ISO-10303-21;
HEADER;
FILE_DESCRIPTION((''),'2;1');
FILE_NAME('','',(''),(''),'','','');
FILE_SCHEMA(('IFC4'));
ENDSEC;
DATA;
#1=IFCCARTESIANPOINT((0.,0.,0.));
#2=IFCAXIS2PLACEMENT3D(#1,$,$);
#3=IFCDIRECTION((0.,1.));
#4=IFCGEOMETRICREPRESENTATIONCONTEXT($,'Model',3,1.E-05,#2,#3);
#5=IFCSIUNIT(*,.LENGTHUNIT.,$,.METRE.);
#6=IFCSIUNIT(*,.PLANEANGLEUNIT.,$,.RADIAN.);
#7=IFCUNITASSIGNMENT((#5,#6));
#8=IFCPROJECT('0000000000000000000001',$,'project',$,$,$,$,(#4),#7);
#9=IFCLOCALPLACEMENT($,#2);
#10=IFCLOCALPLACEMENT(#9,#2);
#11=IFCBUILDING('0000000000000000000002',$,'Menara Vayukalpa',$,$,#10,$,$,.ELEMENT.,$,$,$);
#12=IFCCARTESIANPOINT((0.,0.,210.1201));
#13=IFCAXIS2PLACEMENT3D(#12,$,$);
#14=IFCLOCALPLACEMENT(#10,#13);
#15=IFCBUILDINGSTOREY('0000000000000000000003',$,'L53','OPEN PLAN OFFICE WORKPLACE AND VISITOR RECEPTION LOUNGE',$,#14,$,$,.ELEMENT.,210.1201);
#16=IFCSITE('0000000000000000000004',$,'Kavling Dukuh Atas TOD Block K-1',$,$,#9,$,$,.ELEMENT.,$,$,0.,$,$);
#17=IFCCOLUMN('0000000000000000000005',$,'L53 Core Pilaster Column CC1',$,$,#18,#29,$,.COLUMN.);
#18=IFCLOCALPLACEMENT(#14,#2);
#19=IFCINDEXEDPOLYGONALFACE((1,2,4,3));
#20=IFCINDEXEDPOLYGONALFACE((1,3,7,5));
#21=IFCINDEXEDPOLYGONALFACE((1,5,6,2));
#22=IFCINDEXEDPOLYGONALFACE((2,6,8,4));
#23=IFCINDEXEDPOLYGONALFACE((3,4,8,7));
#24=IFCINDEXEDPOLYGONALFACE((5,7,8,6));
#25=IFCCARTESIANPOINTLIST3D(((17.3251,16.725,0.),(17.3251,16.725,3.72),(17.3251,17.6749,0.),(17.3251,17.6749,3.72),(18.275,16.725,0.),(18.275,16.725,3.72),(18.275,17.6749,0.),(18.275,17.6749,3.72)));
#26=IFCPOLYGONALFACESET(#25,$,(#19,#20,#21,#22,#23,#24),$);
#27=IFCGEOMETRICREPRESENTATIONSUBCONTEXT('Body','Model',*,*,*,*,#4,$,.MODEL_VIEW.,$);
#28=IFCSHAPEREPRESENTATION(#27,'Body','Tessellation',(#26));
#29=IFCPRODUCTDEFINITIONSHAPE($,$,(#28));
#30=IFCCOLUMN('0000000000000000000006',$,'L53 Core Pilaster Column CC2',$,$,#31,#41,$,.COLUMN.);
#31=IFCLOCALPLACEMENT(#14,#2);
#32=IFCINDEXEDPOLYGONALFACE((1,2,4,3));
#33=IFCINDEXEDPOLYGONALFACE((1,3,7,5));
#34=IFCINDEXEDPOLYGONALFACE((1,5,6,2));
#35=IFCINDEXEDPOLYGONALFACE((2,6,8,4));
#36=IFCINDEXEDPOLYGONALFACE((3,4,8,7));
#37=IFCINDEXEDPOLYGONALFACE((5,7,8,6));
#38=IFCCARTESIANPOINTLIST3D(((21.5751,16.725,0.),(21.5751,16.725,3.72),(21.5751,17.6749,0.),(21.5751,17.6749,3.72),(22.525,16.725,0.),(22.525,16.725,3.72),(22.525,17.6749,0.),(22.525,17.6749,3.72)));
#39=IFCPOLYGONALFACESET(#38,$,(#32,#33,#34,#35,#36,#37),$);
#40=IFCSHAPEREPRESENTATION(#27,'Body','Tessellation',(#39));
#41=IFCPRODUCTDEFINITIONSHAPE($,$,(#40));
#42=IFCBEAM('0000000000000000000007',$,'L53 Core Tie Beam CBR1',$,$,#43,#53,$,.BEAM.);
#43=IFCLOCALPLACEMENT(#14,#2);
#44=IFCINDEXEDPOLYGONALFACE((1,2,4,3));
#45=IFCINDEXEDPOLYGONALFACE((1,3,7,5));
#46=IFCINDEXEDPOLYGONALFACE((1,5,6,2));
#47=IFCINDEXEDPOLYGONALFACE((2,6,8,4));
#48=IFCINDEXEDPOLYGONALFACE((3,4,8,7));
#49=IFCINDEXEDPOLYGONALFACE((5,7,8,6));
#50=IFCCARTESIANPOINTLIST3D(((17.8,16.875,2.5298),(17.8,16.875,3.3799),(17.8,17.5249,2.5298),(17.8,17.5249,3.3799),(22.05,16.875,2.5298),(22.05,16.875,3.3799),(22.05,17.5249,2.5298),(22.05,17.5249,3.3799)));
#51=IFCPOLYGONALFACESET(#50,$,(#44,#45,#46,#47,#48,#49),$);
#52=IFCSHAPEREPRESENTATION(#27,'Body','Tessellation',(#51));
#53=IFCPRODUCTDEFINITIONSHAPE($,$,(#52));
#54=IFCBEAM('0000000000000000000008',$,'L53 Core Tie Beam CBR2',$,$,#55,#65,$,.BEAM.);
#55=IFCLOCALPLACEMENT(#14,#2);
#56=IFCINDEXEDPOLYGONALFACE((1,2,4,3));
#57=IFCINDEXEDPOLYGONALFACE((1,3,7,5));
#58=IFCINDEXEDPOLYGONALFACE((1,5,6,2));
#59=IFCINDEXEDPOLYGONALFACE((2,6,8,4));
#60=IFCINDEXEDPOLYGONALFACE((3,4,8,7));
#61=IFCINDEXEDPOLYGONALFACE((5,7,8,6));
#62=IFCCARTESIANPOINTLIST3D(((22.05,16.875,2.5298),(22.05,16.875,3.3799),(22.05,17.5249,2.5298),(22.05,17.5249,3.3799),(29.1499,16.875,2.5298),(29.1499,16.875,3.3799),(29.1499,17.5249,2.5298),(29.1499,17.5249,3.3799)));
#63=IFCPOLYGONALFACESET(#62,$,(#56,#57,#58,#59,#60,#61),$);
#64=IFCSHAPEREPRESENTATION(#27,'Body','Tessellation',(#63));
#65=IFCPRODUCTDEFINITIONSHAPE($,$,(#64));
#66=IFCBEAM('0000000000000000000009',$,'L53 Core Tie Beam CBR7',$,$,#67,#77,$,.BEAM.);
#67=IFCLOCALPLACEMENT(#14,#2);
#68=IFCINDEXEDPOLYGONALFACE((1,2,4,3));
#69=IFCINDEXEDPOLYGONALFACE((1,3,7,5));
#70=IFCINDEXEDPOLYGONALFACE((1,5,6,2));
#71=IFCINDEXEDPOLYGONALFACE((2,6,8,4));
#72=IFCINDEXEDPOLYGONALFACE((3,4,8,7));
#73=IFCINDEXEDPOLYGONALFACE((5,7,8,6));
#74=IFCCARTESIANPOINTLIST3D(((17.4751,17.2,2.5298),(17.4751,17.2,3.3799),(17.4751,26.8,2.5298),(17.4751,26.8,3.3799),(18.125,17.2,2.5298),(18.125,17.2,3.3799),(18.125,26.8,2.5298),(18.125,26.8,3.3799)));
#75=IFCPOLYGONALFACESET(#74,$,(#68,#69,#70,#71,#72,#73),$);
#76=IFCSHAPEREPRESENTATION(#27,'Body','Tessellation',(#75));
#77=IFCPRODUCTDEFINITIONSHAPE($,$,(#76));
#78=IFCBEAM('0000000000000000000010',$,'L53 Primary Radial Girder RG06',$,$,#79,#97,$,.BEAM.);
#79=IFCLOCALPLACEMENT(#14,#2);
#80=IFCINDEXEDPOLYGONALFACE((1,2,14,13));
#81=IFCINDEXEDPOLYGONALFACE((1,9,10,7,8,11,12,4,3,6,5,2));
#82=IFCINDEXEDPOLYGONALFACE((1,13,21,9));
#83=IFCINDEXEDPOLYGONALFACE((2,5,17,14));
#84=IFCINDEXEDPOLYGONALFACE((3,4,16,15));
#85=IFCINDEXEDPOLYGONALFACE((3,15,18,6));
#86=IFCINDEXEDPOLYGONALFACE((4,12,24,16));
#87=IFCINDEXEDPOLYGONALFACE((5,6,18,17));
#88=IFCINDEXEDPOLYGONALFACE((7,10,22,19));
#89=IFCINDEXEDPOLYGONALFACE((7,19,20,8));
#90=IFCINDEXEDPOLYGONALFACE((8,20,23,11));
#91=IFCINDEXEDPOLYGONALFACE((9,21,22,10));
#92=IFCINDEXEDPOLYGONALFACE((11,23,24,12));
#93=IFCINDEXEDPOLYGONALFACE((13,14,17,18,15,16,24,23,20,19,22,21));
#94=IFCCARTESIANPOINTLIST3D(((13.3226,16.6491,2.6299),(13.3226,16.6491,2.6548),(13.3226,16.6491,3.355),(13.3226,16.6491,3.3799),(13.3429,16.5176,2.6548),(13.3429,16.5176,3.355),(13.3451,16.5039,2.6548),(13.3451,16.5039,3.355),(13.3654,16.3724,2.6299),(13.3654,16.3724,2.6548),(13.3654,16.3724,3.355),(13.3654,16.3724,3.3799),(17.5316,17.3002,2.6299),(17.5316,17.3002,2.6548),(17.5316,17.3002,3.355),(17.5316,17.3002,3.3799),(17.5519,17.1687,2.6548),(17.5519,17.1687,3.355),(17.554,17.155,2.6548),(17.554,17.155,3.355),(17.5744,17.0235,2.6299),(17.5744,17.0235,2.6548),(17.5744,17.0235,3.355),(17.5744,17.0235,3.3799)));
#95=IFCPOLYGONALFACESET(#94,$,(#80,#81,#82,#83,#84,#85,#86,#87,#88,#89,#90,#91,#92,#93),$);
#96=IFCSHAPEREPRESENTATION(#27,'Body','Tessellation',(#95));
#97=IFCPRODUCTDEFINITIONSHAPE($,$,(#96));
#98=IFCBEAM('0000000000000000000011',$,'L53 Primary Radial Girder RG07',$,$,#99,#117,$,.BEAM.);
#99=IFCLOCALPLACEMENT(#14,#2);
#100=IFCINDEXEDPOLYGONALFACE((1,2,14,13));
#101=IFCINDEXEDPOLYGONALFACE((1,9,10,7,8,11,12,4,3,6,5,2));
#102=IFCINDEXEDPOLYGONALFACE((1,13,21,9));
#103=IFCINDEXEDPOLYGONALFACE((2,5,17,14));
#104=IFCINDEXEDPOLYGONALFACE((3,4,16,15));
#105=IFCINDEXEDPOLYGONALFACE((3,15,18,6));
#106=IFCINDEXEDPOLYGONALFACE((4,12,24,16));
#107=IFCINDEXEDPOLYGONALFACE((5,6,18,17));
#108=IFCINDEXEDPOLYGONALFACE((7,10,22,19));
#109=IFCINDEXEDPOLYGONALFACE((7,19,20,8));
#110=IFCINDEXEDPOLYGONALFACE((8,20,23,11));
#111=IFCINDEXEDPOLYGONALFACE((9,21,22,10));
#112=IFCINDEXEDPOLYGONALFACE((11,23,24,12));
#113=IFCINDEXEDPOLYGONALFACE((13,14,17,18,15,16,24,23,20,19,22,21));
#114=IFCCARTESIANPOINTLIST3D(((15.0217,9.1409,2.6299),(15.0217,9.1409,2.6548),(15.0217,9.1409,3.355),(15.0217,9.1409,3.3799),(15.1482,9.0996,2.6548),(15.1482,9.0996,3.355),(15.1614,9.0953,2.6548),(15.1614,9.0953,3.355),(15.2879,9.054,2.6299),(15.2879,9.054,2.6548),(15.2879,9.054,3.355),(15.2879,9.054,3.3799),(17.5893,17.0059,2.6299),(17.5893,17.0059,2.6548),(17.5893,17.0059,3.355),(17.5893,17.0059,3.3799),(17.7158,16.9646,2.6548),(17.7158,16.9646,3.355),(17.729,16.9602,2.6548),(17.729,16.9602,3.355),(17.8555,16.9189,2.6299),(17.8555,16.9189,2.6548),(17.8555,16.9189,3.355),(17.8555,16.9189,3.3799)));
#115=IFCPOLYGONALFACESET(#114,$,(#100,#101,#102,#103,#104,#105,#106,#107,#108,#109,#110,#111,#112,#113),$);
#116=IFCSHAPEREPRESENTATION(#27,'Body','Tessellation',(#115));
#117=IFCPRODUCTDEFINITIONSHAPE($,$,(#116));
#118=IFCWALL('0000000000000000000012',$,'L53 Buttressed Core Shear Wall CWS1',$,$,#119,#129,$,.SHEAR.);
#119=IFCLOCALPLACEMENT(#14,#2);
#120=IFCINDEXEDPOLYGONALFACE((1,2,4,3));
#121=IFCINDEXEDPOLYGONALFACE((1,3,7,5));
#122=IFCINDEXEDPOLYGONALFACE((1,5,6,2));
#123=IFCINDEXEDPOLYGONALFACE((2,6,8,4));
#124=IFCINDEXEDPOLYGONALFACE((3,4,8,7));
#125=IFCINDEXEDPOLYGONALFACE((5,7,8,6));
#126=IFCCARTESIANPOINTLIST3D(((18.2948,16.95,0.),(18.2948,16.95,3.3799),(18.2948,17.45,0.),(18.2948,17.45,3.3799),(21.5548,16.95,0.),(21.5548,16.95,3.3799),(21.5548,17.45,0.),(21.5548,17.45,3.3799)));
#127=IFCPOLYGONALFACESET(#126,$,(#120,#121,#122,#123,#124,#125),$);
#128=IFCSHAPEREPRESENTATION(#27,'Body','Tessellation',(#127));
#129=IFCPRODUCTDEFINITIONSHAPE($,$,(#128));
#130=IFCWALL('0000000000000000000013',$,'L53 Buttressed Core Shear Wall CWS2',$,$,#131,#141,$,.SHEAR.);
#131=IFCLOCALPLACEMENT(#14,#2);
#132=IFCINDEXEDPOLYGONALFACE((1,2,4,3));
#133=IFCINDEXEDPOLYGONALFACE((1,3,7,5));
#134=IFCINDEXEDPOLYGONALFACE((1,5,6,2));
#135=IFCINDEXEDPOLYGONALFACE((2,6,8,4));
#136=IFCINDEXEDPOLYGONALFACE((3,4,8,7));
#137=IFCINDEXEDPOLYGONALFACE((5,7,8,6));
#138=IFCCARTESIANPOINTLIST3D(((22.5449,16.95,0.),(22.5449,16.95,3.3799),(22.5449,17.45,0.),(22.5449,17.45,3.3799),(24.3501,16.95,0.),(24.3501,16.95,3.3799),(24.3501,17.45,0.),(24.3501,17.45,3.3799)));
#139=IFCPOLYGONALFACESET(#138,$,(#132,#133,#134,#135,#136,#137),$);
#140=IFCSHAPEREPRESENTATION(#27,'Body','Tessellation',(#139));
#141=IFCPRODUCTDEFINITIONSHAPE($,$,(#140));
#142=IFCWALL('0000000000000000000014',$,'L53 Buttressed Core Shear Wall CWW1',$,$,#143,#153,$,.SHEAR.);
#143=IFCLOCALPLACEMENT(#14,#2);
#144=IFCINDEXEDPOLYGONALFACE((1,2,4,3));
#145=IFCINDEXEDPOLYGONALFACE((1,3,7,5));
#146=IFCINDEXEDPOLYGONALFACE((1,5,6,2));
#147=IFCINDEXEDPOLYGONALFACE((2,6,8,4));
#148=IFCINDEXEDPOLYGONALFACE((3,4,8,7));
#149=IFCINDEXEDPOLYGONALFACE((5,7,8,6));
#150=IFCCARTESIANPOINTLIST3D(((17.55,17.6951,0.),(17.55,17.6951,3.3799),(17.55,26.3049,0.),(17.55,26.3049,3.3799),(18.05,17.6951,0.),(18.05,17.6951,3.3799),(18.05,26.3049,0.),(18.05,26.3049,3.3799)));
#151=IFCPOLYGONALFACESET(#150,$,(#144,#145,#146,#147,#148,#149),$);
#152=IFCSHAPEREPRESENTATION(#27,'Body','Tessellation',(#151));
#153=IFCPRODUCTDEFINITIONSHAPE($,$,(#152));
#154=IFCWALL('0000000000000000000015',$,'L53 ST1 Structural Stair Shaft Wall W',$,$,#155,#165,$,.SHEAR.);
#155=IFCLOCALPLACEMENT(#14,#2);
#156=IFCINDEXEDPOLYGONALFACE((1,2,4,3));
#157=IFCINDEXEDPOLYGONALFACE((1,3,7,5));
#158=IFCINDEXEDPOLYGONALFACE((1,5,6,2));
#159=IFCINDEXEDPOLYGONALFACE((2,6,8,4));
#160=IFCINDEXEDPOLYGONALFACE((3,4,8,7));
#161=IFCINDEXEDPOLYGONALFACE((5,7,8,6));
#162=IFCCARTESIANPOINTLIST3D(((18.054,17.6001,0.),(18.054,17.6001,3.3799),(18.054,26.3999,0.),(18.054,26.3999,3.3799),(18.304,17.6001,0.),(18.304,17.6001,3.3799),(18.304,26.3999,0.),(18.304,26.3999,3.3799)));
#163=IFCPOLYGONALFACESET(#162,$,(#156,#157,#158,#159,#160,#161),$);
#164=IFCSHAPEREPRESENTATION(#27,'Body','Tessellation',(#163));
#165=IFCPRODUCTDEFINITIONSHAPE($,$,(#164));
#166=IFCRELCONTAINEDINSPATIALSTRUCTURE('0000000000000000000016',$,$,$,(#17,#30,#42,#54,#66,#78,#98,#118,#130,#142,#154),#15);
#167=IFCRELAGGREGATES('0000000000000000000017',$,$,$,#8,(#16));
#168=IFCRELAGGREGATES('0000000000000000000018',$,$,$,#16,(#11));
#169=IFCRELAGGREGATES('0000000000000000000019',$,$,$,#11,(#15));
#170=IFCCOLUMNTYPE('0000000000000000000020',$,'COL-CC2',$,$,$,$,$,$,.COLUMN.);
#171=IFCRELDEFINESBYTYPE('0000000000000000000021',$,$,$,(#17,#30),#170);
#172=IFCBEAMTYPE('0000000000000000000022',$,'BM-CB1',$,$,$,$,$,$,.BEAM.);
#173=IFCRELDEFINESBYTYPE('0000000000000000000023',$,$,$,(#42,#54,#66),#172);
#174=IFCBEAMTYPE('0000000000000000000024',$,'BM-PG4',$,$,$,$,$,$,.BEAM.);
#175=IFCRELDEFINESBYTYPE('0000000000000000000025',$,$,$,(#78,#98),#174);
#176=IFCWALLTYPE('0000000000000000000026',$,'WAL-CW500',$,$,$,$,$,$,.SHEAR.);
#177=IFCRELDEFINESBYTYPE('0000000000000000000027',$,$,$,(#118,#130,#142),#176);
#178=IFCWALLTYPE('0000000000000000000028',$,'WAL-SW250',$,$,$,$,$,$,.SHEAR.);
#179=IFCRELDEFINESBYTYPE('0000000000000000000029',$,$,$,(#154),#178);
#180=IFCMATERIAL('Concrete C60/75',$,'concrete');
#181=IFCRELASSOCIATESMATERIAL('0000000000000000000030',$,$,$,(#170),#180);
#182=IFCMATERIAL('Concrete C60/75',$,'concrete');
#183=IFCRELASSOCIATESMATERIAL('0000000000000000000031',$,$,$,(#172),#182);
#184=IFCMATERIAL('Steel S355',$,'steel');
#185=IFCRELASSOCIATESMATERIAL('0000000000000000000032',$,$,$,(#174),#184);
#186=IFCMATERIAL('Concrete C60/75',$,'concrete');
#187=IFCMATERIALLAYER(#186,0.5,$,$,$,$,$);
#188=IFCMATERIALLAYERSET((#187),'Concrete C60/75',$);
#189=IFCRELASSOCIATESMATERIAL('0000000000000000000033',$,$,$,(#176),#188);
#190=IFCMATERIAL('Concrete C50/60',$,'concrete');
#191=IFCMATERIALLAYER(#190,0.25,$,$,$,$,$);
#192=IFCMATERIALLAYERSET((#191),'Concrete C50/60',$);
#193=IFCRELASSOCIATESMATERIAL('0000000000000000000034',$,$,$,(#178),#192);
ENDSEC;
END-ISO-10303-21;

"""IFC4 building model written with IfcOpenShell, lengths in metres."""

from ifc_helpers import new_model, si_unit, direction, frame, frame_2d, origin, origin_2d, place, context, subcontext, project, spatial, rectangle, i_section, extrude, material, layer, layer_set, material_profile, profile_set, type_object, element, save


model = new_model("IFC4")

# Units and contexts
model_context = context("Model", 3, precision=1e-05, world=origin(), true_north=direction((0.0, 1.0)))
body_context = subcontext(model_context, "Body", "Model", "MODEL_VIEW")
ifc_project = project(units=[si_unit("LENGTHUNIT", "METRE"), si_unit("PLANEANGLEUNIT", "RADIAN")], contexts=[model_context])

# Site, building, storey
site_placement = place(None, origin())
site = spatial("IfcSite", under=ifc_project, at=site_placement, Name="Kavling Dukuh Atas TOD Block K-1", CompositionType="ELEMENT", RefElevation=0.0)
building_placement = place(site_placement, origin())
building = spatial("IfcBuilding", under=site, at=building_placement, Name="Menara Vayukalpa", CompositionType="ELEMENT")
storey_placement = place(building_placement, frame((0.0, 0.0, 210.1201)))
storey = spatial("IfcBuildingStorey", under=building, at=storey_placement, Name="L53", Description="OPEN PLAN OFFICE WORKPLACE AND VISITOR RECEPTION LOUNGE", CompositionType="ELEMENT", Elevation=210.1201)

# Columns
ifc_material_1 = material(Name="Concrete C60/75", Category="concrete")
ifc_material_profile_1 = material_profile(ifc_material_1, rectangle(XDim=0.95, YDim=0.95, at=origin_2d()), Name="RC 950x950")
ifc_profile_set_1 = profile_set([ifc_material_profile_1], Name="Concrete C60/75")
column_type = type_object("IfcColumnType", Name="COL-CC2", PredefinedType="COLUMN", material=ifc_profile_set_1)
for number, where, z_axis, x_axis, name in (
    (1, (17.8, 17.2, 0.0), (0.0, 0.0, 1.0), (1.0, 0.0, 0.0), "L53 Core Pilaster Column CC1"),
    (2, (22.05, 17.2, 0.0), (0.0, 0.0, 1.0), (1.0, 0.0, 0.0), "L53 Core Pilaster Column CC2"),
):
    element("IfcColumn", number, at=place(storey_placement, frame(where, z_axis=z_axis, x_axis=x_axis)), inside=storey, type_object=column_type, Name=name, PredefinedType="COLUMN", context=body_context, shape_type="SweptSolid", body=[
        extrude(rectangle(XDim=0.95, YDim=0.95, at=origin_2d()), origin(), (0.0, 0.0, 1.0), 3.72),
    ])

# Beams
ifc_material_2 = material(Name="Concrete C60/75", Category="concrete")
ifc_material_profile_2 = material_profile(ifc_material_2, rectangle(XDim=0.6499, YDim=0.8501, at=origin_2d()), Name="RC 650x850")
ifc_profile_set_2 = profile_set([ifc_material_profile_2], Name="Concrete C60/75")
beam_type_1 = type_object("IfcBeamType", Name="BM-CB1", PredefinedType="BEAM", material=ifc_profile_set_2)
beam_1_placement = place(storey_placement, frame((17.8, 17.2, 2.9548), z_axis=(1.0, 0.0, 0.0), x_axis=(0.0, 1.0, 0.0)))
element("IfcBeam", 3, at=beam_1_placement, inside=storey, type_object=beam_type_1, Name="L53 Core Tie Beam CBR1", PredefinedType="BEAM", context=body_context, shape_type="SweptSolid", body=[
    extrude(rectangle(XDim=0.6499, YDim=0.8501, at=origin_2d()), origin(), (0.0, 0.0, 1.0), 4.25),
])
beam_2_placement = place(storey_placement, frame((22.05, 17.2, 2.9548), z_axis=(1.0, 0.0, 0.0), x_axis=(0.0, 1.0, 0.0)))
element("IfcBeam", 4, at=beam_2_placement, inside=storey, type_object=beam_type_1, Name="L53 Core Tie Beam CBR2", PredefinedType="BEAM", context=body_context, shape_type="SweptSolid", body=[
    extrude(rectangle(XDim=0.6499, YDim=0.8501, at=origin_2d()), origin(), (0.0, 0.0, 1.0), 7.0999),
])
beam_3_placement = place(storey_placement, frame((17.8, 17.2, 2.9548), z_axis=(0.0, 1.0, 0.0), x_axis=(-1.0, 0.0, 0.0)))
element("IfcBeam", 5, at=beam_3_placement, inside=storey, type_object=beam_type_1, Name="L53 Core Tie Beam CBR7", PredefinedType="BEAM", context=body_context, shape_type="SweptSolid", body=[
    extrude(rectangle(XDim=0.6499, YDim=0.8501, at=origin_2d()), origin(), (0.0, 0.0, 1.0), 9.6001),
])
ifc_material_3 = material(Name="Steel S355", Category="steel")
ifc_material_profile_3 = material_profile(ifc_material_3, i_section(OverallWidth=0.28, OverallDepth=0.75, WebThickness=0.0139, FlangeThickness=0.0249, at=origin_2d()), Name="WF 750x280x14x25")
ifc_profile_set_3 = profile_set([ifc_material_profile_3], Name="Steel S355")
beam_type_2 = type_object("IfcBeamType", Name="BM-PG4", PredefinedType="BEAM", material=ifc_profile_set_3)
beam_4_placement = place(storey_placement, frame((17.553, 17.1619, 3.0049), z_axis=(-0.988245, -0.15288, 0.0), x_axis=(0.15288, -0.988245, 0.0)))
element("IfcBeam", 6, at=beam_4_placement, inside=storey, type_object=beam_type_2, Name="L53 Primary Radial Girder RG06", PredefinedType="BEAM", context=body_context, shape_type="SweptSolid", body=[
    extrude(i_section(OverallWidth=0.28, OverallDepth=0.75, WebThickness=0.0139, FlangeThickness=0.0249, at=origin_2d()), origin(), (0.0, 0.0, 1.0), 4.259),
])
beam_5_placement = place(storey_placement, frame((17.7224, 16.9624, 3.0049), z_axis=(-0.310344, -0.950624, 0.0), x_axis=(0.950624, -0.310344, 0.0)))
element("IfcBeam", 7, at=beam_5_placement, inside=storey, type_object=beam_type_2, Name="L53 Primary Radial Girder RG07", PredefinedType="BEAM", context=body_context, shape_type="SweptSolid", body=[
    extrude(i_section(OverallWidth=0.28, OverallDepth=0.75, WebThickness=0.0139, FlangeThickness=0.0249, at=origin_2d()), origin(), (0.0, 0.0, 1.0), 8.2734),
])

# Walls
ifc_material_4 = material(Name="Concrete C60/75", Category="concrete")
ifc_layer_1 = layer(ifc_material_4, 0.5)
ifc_layer_set_1 = layer_set([ifc_layer_1], Name="Concrete C60/75")
wall_type_1 = type_object("IfcWallType", Name="WAL-CW500", PredefinedType="SHEAR", material=ifc_layer_set_1)
wall_1_placement = place(storey_placement, frame((18.2949, 17.2, 0.0), z_axis=(0.0, 0.0, 1.0), x_axis=(1.0, 0.0, 0.0)))
element("IfcWall", 8, at=wall_1_placement, inside=storey, type_object=wall_type_1, Name="L53 Buttressed Core Shear Wall CWS1", PredefinedType="SHEAR", context=body_context, shape_type="SweptSolid", body=[
    extrude(rectangle(XDim=3.26, YDim=0.5, at=frame_2d((1.6299, 0.0))), origin(), (0.0, 0.0, 1.0), 3.3799),
])
wall_2_placement = place(storey_placement, frame((22.5449, 17.2, 0.0), z_axis=(0.0, 0.0, 1.0), x_axis=(1.0, 0.0, 0.0)))
element("IfcWall", 9, at=wall_2_placement, inside=storey, type_object=wall_type_1, Name="L53 Buttressed Core Shear Wall CWS2", PredefinedType="SHEAR", context=body_context, shape_type="SweptSolid", body=[
    extrude(rectangle(XDim=1.8052, YDim=0.5, at=frame_2d((0.9026, 0.0))), origin(), (0.0, 0.0, 1.0), 3.3799),
])
wall_3_placement = place(storey_placement, frame((17.8, 17.6951, 0.0), z_axis=(0.0, 0.0, 1.0), x_axis=(0.0, 1.0, 0.0)))
element("IfcWall", 10, at=wall_3_placement, inside=storey, type_object=wall_type_1, Name="L53 Buttressed Core Shear Wall CWW1", PredefinedType="SHEAR", context=body_context, shape_type="SweptSolid", body=[
    extrude(rectangle(XDim=8.6099, YDim=0.5, at=frame_2d((4.3049, 0.0))), origin(), (0.0, 0.0, 1.0), 3.3799),
])
ifc_material_5 = material(Name="Concrete C50/60", Category="concrete")
ifc_layer_2 = layer(ifc_material_5, 0.25)
ifc_layer_set_2 = layer_set([ifc_layer_2], Name="Concrete C50/60")
wall_type_2 = type_object("IfcWallType", Name="WAL-SW250", PredefinedType="SHEAR", material=ifc_layer_set_2)
wall_4_placement = place(storey_placement, frame((18.179, 17.6001, 0.0), z_axis=(0.0, 0.0, 1.0), x_axis=(0.0, 1.0, 0.0)))
element("IfcWall", 11, at=wall_4_placement, inside=storey, type_object=wall_type_2, Name="L53 ST1 Structural Stair Shaft Wall W", PredefinedType="SHEAR", context=body_context, shape_type="SweptSolid", body=[
    extrude(rectangle(XDim=8.7998, YDim=0.25, at=frame_2d((4.3999, 0.0))), origin(), (0.0, 0.0, 1.0), 3.3799),
])

save(model, "model.ifc")
